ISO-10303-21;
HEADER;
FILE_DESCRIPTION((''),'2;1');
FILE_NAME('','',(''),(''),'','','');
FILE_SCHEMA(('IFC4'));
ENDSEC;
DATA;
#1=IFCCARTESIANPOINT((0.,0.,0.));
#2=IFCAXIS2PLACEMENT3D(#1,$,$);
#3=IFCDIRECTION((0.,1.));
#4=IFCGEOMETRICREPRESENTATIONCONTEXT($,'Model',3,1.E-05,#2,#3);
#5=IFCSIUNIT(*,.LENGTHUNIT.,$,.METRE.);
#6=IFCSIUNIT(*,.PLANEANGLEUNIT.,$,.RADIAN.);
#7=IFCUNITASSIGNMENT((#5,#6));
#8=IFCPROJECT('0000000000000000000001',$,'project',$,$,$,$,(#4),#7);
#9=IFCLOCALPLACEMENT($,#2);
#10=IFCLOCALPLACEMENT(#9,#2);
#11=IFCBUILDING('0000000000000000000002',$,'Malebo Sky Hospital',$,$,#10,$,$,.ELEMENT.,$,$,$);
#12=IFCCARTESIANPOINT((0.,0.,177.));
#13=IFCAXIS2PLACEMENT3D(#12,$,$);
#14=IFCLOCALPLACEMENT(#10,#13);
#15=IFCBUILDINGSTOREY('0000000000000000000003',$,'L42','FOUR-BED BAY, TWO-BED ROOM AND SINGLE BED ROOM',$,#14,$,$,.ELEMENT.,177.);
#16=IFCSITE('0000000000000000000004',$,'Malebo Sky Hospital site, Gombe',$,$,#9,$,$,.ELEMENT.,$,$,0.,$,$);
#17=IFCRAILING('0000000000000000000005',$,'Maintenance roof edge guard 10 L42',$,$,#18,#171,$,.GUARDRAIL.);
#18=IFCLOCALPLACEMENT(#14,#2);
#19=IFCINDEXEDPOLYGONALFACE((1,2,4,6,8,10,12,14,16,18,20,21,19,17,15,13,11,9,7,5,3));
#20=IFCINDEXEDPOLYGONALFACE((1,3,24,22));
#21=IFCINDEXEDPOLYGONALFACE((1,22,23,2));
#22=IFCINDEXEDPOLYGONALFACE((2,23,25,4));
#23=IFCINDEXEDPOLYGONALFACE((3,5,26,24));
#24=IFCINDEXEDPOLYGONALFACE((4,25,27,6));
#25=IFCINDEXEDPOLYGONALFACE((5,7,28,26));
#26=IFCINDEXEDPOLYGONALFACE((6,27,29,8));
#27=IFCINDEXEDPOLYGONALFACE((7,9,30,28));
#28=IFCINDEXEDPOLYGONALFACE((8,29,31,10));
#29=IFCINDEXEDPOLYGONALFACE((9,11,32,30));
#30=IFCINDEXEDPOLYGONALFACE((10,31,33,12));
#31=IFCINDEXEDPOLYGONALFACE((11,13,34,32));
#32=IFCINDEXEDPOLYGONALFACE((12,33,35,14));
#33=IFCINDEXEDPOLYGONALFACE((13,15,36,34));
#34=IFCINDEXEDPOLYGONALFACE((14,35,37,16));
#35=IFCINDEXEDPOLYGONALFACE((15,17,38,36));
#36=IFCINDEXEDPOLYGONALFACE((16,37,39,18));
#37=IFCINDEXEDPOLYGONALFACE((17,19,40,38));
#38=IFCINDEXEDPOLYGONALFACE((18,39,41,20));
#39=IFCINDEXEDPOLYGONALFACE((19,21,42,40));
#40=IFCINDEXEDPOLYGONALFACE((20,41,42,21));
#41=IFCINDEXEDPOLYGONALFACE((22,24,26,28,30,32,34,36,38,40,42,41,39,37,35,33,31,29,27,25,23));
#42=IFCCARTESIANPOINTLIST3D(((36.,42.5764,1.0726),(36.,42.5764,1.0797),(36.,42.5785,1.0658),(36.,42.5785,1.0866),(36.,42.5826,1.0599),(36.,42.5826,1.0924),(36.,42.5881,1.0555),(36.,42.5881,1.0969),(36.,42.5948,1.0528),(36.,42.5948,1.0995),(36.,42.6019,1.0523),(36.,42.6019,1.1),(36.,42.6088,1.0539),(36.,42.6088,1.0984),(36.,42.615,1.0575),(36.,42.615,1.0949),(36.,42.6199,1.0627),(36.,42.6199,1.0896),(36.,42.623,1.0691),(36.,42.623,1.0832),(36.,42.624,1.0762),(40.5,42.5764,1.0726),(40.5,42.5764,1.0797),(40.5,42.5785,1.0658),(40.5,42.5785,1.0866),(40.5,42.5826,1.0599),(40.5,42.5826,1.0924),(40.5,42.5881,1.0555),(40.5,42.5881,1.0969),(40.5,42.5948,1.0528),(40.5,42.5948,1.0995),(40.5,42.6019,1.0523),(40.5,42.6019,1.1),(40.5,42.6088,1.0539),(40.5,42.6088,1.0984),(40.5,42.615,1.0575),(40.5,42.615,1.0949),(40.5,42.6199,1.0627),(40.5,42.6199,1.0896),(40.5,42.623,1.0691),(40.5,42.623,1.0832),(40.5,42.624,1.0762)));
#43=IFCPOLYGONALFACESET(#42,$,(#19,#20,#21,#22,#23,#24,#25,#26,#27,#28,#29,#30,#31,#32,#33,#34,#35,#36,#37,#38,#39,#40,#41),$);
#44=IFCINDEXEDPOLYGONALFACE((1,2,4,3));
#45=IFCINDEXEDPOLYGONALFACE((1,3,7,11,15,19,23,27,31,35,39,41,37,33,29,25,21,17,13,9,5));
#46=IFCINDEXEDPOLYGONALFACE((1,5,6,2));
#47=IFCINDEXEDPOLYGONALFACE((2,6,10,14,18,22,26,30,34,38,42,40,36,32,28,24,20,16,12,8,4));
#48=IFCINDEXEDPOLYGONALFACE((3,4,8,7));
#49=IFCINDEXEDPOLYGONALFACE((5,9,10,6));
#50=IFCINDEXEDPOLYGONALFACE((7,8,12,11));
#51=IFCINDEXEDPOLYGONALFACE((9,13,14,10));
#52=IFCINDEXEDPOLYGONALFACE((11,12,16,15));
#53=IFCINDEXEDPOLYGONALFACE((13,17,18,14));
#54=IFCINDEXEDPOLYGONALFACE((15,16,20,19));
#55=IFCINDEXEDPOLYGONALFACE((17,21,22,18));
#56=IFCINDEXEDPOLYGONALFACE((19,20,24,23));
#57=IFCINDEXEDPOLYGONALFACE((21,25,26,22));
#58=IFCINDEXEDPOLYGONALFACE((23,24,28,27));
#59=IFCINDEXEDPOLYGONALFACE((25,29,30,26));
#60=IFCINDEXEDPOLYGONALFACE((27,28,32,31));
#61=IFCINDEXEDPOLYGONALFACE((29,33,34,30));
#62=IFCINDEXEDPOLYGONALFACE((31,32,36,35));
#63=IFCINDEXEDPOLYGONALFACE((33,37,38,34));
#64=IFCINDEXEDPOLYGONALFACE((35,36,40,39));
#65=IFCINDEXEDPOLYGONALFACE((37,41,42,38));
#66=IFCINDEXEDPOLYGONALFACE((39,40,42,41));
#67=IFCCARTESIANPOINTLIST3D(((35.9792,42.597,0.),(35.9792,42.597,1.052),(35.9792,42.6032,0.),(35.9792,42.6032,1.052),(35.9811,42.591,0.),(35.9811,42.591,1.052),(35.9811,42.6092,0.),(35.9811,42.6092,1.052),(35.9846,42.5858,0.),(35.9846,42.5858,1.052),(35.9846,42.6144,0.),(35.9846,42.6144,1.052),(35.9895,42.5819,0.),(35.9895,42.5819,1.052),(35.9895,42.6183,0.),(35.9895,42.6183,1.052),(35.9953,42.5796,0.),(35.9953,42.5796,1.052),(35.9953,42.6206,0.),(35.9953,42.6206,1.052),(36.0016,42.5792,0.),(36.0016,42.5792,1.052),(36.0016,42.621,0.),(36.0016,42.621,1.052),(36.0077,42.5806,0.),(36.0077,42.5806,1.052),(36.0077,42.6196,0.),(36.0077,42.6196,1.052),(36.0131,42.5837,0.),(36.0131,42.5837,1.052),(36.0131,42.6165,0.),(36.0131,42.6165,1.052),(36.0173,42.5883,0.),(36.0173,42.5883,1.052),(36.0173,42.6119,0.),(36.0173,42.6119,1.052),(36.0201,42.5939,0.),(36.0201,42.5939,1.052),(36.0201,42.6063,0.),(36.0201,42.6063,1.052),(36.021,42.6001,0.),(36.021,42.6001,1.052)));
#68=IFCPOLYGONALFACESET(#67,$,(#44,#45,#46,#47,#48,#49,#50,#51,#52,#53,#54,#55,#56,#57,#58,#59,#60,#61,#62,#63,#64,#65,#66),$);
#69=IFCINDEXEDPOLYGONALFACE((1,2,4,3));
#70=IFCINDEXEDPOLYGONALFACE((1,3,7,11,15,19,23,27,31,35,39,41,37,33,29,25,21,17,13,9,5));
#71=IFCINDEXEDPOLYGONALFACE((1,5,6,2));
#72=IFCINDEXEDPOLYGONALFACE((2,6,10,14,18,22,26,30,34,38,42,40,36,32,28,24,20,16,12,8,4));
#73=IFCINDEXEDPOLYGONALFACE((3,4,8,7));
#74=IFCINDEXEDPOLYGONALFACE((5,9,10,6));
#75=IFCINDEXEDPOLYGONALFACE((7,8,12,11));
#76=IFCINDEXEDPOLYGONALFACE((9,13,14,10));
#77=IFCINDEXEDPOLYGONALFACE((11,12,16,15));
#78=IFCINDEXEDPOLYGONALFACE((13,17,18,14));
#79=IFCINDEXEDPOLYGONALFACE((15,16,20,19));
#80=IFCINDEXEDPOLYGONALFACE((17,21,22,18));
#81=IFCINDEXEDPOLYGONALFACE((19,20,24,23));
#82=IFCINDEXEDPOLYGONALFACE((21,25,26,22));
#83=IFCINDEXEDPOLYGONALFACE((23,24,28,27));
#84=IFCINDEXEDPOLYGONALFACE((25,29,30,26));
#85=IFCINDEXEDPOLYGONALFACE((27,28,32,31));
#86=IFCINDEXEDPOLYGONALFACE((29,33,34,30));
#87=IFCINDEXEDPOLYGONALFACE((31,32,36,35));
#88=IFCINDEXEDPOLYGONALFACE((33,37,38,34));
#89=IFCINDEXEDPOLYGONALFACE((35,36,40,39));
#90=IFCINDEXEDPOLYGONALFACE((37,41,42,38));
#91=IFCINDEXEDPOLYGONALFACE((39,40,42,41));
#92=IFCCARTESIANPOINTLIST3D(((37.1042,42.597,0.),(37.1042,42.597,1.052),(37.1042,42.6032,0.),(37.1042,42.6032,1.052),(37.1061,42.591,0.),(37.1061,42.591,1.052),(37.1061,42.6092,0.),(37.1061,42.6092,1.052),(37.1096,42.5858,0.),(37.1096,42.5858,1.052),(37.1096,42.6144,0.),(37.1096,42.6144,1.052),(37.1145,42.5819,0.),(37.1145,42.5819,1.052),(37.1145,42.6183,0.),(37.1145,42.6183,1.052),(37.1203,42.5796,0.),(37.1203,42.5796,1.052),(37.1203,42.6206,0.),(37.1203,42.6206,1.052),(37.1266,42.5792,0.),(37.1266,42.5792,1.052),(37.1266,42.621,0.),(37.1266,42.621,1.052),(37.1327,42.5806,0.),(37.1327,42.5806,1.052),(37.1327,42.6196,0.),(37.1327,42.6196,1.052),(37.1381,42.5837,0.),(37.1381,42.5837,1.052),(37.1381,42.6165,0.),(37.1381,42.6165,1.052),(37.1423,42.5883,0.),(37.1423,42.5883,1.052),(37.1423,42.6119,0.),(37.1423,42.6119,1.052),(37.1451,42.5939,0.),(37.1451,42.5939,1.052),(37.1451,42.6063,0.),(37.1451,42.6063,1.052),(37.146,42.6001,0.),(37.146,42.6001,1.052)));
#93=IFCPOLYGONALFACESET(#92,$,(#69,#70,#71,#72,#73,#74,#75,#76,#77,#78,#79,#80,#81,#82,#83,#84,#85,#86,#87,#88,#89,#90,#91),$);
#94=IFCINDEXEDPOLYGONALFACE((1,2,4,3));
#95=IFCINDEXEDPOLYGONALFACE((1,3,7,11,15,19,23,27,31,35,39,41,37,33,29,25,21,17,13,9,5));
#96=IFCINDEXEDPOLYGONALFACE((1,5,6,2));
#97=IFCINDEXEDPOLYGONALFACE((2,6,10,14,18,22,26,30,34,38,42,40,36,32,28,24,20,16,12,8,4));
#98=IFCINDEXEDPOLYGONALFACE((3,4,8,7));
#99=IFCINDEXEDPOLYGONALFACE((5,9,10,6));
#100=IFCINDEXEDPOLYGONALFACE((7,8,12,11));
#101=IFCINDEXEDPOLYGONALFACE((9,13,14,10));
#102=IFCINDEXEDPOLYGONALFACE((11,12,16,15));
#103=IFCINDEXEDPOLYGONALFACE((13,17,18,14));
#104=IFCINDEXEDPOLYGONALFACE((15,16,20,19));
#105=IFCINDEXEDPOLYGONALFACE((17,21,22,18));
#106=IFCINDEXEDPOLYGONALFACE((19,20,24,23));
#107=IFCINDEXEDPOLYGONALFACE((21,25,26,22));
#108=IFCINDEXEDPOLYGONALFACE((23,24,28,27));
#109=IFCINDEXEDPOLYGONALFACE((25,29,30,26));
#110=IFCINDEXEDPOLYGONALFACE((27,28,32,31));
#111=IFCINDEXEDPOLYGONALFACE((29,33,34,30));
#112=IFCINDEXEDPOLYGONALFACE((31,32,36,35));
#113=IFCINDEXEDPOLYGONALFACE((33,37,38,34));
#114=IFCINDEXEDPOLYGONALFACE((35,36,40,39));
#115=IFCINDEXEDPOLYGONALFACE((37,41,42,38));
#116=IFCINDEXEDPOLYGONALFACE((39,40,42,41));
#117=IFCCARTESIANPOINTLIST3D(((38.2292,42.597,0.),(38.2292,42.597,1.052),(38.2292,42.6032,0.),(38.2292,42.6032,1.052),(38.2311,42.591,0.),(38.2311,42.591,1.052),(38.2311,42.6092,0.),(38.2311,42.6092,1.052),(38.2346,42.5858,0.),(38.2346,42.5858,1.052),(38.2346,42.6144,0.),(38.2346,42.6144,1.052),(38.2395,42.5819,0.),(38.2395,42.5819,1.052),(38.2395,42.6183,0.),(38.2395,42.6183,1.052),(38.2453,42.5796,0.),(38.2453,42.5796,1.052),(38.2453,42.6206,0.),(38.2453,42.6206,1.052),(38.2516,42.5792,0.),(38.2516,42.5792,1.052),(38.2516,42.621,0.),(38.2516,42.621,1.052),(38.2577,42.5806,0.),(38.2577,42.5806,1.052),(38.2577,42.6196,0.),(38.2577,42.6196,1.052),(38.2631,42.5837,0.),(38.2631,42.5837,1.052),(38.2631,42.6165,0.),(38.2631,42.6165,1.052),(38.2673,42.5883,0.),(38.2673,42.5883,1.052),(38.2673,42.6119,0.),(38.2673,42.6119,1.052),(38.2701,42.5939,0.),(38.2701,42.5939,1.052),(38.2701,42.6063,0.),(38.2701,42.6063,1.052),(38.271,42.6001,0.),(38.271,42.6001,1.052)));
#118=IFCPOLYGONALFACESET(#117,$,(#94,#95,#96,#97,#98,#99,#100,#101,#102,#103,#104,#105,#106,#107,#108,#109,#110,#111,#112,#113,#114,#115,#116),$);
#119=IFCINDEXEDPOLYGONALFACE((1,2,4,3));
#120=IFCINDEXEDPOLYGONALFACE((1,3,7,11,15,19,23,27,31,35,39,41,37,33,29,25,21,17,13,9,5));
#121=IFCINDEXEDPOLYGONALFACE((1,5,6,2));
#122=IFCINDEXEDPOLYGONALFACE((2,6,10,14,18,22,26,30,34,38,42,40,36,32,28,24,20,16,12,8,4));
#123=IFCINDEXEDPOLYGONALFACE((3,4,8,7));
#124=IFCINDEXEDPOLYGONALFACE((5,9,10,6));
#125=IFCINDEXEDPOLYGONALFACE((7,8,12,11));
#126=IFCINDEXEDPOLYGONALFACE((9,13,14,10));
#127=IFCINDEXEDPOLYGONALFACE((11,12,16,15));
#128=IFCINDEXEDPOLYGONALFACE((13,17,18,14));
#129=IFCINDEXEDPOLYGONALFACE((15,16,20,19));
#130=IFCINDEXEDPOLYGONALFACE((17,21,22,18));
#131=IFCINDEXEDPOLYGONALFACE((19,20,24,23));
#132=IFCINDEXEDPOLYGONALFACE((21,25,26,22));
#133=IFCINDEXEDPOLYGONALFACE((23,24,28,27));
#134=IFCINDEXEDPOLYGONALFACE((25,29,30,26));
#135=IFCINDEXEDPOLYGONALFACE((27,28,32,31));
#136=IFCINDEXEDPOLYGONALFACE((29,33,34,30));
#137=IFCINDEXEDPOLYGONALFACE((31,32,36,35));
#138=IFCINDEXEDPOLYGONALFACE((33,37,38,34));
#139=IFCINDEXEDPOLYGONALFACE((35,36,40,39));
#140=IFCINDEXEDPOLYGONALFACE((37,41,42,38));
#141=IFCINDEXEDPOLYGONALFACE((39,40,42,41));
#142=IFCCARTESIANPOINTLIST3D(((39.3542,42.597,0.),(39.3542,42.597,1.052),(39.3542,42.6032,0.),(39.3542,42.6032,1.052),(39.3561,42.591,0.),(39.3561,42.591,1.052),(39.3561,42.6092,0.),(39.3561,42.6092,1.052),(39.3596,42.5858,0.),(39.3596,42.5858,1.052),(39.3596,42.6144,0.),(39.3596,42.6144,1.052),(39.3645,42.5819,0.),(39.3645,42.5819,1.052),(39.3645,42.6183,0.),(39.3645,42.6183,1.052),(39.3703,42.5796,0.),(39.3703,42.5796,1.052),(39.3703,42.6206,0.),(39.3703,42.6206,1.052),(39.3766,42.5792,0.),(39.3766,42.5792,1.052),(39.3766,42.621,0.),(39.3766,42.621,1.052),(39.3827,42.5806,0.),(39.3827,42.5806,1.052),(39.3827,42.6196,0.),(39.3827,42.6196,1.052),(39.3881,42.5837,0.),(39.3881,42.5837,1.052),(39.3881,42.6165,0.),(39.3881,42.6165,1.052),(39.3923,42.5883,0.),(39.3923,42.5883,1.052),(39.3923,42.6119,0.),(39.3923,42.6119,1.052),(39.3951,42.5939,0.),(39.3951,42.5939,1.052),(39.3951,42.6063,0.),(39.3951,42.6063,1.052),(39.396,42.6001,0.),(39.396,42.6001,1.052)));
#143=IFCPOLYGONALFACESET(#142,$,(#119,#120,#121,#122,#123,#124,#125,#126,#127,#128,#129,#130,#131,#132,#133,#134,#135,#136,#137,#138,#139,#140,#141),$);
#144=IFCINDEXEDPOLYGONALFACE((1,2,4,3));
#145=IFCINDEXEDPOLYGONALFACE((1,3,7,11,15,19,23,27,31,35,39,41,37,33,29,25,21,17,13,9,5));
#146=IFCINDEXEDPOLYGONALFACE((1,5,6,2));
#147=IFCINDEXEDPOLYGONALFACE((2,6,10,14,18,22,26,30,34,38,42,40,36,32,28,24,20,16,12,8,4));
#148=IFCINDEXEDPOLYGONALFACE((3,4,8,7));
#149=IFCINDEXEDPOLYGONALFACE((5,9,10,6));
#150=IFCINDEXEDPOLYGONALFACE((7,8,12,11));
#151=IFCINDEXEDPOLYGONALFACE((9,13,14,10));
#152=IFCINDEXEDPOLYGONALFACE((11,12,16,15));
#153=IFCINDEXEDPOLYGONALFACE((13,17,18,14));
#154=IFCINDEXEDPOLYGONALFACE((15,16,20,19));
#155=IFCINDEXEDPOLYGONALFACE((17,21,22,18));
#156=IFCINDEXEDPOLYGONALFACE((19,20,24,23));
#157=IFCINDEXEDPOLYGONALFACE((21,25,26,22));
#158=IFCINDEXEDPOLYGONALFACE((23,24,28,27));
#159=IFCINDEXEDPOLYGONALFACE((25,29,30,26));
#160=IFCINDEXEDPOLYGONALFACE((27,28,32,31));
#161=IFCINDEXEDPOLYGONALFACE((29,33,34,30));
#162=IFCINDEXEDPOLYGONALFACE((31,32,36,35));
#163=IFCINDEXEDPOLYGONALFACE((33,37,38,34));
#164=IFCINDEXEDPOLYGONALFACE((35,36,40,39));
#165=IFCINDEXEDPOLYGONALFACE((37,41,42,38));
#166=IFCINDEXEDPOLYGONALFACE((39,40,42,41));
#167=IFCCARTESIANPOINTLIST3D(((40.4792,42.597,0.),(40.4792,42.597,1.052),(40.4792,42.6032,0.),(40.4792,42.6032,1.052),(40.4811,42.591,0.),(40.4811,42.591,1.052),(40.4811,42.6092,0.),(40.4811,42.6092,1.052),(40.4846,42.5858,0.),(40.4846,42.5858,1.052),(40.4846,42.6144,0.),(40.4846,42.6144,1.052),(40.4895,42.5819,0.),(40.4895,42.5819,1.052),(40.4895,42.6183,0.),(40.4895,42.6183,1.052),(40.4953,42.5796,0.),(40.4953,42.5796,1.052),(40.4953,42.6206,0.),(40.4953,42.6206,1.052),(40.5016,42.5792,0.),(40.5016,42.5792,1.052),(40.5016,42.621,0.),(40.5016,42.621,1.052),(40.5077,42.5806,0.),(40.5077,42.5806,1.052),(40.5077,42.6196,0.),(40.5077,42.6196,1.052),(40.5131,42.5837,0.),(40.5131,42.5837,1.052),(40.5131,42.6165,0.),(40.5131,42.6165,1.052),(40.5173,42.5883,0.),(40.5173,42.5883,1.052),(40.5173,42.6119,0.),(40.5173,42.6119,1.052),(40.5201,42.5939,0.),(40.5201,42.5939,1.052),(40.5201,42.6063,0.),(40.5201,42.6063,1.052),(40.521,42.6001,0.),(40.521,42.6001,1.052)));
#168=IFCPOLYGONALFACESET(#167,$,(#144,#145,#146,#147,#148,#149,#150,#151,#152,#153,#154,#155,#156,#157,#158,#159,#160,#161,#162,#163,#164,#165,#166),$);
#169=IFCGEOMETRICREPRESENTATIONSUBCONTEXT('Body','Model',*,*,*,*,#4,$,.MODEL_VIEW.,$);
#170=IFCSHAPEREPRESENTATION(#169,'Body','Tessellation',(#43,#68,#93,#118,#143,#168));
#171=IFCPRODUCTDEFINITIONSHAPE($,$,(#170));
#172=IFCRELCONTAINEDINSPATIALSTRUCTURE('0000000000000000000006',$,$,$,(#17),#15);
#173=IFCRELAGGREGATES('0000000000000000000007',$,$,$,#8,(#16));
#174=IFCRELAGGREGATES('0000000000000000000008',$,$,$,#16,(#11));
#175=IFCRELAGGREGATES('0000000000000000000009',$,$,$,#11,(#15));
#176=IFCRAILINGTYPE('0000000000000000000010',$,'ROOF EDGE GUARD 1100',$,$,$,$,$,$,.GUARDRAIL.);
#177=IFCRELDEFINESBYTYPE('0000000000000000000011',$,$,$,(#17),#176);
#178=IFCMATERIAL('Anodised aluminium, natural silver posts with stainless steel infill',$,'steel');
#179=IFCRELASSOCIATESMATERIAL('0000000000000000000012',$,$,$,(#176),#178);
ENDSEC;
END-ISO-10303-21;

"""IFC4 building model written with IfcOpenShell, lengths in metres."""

from ifc_helpers import new_model, si_unit, direction, frame, origin, origin_2d, place, context, subcontext, project, spatial, circle, extrude, material, type_object, element, save


model = new_model("IFC4")

# Units and contexts
model_context = context("Model", 3, precision=1e-05, world=origin(), true_north=direction((0.0, 1.0)))
body_context = subcontext(model_context, "Body", "Model", "MODEL_VIEW")
ifc_project = project(units=[si_unit("LENGTHUNIT", "METRE"), si_unit("PLANEANGLEUNIT", "RADIAN")], contexts=[model_context])

# Site, building, storey
site_placement = place(None, origin())
site = spatial("IfcSite", under=ifc_project, at=site_placement, Name="Malebo Sky Hospital site, Gombe", CompositionType="ELEMENT", RefElevation=0.0)
building_placement = place(site_placement, origin())
building = spatial("IfcBuilding", under=site, at=building_placement, Name="Malebo Sky Hospital", CompositionType="ELEMENT")
storey_placement = place(building_placement, frame((0.0, 0.0, 177.0)))
storey = spatial("IfcBuildingStorey", under=building, at=storey_placement, Name="L42", Description="FOUR-BED BAY, TWO-BED ROOM AND SINGLE BED ROOM", CompositionType="ELEMENT", Elevation=177.0)

# Railing
ifc_material_1 = material(Name="Anodised aluminium, natural silver posts with stainless steel infill", Category="steel")
railing_type = type_object("IfcRailingType", Name="ROOF EDGE GUARD 1100", PredefinedType="GUARDRAIL", material=ifc_material_1)
railing_1_placement = place(storey_placement, frame((36.0, 42.6001, 0.0)))
element("IfcRailing", 1, at=railing_1_placement, inside=storey, type_object=railing_type, Name="Maintenance roof edge guard 10 L42", PredefinedType="GUARDRAIL", context=body_context, shape_type="SweptSolid", body=[
    extrude(circle(Radius=0.0239, at=origin_2d()), frame((0.0, 0.0, 1.0762), z_axis=(1.0, 0.0, 0.0), x_axis=(0.0, 1.0, 0.0)), (0.0, 0.0, 1.0), 4.5),
    extrude(circle(Radius=0.021, at=origin_2d()), origin(), (0.0, 0.0, 1.0), 1.052),
    extrude(circle(Radius=0.021, at=origin_2d()), frame((1.125, 0.0, 0.0)), (0.0, 0.0, 1.0), 1.052),
    extrude(circle(Radius=0.021, at=origin_2d()), frame((2.25, 0.0, 0.0)), (0.0, 0.0, 1.0), 1.052),
    extrude(circle(Radius=0.021, at=origin_2d()), frame((3.375, 0.0, 0.0)), (0.0, 0.0, 1.0), 1.052),
    extrude(circle(Radius=0.021, at=origin_2d()), frame((4.5, 0.0, 0.0)), (0.0, 0.0, 1.0), 1.052),
])

save(model, "model.ifc")
